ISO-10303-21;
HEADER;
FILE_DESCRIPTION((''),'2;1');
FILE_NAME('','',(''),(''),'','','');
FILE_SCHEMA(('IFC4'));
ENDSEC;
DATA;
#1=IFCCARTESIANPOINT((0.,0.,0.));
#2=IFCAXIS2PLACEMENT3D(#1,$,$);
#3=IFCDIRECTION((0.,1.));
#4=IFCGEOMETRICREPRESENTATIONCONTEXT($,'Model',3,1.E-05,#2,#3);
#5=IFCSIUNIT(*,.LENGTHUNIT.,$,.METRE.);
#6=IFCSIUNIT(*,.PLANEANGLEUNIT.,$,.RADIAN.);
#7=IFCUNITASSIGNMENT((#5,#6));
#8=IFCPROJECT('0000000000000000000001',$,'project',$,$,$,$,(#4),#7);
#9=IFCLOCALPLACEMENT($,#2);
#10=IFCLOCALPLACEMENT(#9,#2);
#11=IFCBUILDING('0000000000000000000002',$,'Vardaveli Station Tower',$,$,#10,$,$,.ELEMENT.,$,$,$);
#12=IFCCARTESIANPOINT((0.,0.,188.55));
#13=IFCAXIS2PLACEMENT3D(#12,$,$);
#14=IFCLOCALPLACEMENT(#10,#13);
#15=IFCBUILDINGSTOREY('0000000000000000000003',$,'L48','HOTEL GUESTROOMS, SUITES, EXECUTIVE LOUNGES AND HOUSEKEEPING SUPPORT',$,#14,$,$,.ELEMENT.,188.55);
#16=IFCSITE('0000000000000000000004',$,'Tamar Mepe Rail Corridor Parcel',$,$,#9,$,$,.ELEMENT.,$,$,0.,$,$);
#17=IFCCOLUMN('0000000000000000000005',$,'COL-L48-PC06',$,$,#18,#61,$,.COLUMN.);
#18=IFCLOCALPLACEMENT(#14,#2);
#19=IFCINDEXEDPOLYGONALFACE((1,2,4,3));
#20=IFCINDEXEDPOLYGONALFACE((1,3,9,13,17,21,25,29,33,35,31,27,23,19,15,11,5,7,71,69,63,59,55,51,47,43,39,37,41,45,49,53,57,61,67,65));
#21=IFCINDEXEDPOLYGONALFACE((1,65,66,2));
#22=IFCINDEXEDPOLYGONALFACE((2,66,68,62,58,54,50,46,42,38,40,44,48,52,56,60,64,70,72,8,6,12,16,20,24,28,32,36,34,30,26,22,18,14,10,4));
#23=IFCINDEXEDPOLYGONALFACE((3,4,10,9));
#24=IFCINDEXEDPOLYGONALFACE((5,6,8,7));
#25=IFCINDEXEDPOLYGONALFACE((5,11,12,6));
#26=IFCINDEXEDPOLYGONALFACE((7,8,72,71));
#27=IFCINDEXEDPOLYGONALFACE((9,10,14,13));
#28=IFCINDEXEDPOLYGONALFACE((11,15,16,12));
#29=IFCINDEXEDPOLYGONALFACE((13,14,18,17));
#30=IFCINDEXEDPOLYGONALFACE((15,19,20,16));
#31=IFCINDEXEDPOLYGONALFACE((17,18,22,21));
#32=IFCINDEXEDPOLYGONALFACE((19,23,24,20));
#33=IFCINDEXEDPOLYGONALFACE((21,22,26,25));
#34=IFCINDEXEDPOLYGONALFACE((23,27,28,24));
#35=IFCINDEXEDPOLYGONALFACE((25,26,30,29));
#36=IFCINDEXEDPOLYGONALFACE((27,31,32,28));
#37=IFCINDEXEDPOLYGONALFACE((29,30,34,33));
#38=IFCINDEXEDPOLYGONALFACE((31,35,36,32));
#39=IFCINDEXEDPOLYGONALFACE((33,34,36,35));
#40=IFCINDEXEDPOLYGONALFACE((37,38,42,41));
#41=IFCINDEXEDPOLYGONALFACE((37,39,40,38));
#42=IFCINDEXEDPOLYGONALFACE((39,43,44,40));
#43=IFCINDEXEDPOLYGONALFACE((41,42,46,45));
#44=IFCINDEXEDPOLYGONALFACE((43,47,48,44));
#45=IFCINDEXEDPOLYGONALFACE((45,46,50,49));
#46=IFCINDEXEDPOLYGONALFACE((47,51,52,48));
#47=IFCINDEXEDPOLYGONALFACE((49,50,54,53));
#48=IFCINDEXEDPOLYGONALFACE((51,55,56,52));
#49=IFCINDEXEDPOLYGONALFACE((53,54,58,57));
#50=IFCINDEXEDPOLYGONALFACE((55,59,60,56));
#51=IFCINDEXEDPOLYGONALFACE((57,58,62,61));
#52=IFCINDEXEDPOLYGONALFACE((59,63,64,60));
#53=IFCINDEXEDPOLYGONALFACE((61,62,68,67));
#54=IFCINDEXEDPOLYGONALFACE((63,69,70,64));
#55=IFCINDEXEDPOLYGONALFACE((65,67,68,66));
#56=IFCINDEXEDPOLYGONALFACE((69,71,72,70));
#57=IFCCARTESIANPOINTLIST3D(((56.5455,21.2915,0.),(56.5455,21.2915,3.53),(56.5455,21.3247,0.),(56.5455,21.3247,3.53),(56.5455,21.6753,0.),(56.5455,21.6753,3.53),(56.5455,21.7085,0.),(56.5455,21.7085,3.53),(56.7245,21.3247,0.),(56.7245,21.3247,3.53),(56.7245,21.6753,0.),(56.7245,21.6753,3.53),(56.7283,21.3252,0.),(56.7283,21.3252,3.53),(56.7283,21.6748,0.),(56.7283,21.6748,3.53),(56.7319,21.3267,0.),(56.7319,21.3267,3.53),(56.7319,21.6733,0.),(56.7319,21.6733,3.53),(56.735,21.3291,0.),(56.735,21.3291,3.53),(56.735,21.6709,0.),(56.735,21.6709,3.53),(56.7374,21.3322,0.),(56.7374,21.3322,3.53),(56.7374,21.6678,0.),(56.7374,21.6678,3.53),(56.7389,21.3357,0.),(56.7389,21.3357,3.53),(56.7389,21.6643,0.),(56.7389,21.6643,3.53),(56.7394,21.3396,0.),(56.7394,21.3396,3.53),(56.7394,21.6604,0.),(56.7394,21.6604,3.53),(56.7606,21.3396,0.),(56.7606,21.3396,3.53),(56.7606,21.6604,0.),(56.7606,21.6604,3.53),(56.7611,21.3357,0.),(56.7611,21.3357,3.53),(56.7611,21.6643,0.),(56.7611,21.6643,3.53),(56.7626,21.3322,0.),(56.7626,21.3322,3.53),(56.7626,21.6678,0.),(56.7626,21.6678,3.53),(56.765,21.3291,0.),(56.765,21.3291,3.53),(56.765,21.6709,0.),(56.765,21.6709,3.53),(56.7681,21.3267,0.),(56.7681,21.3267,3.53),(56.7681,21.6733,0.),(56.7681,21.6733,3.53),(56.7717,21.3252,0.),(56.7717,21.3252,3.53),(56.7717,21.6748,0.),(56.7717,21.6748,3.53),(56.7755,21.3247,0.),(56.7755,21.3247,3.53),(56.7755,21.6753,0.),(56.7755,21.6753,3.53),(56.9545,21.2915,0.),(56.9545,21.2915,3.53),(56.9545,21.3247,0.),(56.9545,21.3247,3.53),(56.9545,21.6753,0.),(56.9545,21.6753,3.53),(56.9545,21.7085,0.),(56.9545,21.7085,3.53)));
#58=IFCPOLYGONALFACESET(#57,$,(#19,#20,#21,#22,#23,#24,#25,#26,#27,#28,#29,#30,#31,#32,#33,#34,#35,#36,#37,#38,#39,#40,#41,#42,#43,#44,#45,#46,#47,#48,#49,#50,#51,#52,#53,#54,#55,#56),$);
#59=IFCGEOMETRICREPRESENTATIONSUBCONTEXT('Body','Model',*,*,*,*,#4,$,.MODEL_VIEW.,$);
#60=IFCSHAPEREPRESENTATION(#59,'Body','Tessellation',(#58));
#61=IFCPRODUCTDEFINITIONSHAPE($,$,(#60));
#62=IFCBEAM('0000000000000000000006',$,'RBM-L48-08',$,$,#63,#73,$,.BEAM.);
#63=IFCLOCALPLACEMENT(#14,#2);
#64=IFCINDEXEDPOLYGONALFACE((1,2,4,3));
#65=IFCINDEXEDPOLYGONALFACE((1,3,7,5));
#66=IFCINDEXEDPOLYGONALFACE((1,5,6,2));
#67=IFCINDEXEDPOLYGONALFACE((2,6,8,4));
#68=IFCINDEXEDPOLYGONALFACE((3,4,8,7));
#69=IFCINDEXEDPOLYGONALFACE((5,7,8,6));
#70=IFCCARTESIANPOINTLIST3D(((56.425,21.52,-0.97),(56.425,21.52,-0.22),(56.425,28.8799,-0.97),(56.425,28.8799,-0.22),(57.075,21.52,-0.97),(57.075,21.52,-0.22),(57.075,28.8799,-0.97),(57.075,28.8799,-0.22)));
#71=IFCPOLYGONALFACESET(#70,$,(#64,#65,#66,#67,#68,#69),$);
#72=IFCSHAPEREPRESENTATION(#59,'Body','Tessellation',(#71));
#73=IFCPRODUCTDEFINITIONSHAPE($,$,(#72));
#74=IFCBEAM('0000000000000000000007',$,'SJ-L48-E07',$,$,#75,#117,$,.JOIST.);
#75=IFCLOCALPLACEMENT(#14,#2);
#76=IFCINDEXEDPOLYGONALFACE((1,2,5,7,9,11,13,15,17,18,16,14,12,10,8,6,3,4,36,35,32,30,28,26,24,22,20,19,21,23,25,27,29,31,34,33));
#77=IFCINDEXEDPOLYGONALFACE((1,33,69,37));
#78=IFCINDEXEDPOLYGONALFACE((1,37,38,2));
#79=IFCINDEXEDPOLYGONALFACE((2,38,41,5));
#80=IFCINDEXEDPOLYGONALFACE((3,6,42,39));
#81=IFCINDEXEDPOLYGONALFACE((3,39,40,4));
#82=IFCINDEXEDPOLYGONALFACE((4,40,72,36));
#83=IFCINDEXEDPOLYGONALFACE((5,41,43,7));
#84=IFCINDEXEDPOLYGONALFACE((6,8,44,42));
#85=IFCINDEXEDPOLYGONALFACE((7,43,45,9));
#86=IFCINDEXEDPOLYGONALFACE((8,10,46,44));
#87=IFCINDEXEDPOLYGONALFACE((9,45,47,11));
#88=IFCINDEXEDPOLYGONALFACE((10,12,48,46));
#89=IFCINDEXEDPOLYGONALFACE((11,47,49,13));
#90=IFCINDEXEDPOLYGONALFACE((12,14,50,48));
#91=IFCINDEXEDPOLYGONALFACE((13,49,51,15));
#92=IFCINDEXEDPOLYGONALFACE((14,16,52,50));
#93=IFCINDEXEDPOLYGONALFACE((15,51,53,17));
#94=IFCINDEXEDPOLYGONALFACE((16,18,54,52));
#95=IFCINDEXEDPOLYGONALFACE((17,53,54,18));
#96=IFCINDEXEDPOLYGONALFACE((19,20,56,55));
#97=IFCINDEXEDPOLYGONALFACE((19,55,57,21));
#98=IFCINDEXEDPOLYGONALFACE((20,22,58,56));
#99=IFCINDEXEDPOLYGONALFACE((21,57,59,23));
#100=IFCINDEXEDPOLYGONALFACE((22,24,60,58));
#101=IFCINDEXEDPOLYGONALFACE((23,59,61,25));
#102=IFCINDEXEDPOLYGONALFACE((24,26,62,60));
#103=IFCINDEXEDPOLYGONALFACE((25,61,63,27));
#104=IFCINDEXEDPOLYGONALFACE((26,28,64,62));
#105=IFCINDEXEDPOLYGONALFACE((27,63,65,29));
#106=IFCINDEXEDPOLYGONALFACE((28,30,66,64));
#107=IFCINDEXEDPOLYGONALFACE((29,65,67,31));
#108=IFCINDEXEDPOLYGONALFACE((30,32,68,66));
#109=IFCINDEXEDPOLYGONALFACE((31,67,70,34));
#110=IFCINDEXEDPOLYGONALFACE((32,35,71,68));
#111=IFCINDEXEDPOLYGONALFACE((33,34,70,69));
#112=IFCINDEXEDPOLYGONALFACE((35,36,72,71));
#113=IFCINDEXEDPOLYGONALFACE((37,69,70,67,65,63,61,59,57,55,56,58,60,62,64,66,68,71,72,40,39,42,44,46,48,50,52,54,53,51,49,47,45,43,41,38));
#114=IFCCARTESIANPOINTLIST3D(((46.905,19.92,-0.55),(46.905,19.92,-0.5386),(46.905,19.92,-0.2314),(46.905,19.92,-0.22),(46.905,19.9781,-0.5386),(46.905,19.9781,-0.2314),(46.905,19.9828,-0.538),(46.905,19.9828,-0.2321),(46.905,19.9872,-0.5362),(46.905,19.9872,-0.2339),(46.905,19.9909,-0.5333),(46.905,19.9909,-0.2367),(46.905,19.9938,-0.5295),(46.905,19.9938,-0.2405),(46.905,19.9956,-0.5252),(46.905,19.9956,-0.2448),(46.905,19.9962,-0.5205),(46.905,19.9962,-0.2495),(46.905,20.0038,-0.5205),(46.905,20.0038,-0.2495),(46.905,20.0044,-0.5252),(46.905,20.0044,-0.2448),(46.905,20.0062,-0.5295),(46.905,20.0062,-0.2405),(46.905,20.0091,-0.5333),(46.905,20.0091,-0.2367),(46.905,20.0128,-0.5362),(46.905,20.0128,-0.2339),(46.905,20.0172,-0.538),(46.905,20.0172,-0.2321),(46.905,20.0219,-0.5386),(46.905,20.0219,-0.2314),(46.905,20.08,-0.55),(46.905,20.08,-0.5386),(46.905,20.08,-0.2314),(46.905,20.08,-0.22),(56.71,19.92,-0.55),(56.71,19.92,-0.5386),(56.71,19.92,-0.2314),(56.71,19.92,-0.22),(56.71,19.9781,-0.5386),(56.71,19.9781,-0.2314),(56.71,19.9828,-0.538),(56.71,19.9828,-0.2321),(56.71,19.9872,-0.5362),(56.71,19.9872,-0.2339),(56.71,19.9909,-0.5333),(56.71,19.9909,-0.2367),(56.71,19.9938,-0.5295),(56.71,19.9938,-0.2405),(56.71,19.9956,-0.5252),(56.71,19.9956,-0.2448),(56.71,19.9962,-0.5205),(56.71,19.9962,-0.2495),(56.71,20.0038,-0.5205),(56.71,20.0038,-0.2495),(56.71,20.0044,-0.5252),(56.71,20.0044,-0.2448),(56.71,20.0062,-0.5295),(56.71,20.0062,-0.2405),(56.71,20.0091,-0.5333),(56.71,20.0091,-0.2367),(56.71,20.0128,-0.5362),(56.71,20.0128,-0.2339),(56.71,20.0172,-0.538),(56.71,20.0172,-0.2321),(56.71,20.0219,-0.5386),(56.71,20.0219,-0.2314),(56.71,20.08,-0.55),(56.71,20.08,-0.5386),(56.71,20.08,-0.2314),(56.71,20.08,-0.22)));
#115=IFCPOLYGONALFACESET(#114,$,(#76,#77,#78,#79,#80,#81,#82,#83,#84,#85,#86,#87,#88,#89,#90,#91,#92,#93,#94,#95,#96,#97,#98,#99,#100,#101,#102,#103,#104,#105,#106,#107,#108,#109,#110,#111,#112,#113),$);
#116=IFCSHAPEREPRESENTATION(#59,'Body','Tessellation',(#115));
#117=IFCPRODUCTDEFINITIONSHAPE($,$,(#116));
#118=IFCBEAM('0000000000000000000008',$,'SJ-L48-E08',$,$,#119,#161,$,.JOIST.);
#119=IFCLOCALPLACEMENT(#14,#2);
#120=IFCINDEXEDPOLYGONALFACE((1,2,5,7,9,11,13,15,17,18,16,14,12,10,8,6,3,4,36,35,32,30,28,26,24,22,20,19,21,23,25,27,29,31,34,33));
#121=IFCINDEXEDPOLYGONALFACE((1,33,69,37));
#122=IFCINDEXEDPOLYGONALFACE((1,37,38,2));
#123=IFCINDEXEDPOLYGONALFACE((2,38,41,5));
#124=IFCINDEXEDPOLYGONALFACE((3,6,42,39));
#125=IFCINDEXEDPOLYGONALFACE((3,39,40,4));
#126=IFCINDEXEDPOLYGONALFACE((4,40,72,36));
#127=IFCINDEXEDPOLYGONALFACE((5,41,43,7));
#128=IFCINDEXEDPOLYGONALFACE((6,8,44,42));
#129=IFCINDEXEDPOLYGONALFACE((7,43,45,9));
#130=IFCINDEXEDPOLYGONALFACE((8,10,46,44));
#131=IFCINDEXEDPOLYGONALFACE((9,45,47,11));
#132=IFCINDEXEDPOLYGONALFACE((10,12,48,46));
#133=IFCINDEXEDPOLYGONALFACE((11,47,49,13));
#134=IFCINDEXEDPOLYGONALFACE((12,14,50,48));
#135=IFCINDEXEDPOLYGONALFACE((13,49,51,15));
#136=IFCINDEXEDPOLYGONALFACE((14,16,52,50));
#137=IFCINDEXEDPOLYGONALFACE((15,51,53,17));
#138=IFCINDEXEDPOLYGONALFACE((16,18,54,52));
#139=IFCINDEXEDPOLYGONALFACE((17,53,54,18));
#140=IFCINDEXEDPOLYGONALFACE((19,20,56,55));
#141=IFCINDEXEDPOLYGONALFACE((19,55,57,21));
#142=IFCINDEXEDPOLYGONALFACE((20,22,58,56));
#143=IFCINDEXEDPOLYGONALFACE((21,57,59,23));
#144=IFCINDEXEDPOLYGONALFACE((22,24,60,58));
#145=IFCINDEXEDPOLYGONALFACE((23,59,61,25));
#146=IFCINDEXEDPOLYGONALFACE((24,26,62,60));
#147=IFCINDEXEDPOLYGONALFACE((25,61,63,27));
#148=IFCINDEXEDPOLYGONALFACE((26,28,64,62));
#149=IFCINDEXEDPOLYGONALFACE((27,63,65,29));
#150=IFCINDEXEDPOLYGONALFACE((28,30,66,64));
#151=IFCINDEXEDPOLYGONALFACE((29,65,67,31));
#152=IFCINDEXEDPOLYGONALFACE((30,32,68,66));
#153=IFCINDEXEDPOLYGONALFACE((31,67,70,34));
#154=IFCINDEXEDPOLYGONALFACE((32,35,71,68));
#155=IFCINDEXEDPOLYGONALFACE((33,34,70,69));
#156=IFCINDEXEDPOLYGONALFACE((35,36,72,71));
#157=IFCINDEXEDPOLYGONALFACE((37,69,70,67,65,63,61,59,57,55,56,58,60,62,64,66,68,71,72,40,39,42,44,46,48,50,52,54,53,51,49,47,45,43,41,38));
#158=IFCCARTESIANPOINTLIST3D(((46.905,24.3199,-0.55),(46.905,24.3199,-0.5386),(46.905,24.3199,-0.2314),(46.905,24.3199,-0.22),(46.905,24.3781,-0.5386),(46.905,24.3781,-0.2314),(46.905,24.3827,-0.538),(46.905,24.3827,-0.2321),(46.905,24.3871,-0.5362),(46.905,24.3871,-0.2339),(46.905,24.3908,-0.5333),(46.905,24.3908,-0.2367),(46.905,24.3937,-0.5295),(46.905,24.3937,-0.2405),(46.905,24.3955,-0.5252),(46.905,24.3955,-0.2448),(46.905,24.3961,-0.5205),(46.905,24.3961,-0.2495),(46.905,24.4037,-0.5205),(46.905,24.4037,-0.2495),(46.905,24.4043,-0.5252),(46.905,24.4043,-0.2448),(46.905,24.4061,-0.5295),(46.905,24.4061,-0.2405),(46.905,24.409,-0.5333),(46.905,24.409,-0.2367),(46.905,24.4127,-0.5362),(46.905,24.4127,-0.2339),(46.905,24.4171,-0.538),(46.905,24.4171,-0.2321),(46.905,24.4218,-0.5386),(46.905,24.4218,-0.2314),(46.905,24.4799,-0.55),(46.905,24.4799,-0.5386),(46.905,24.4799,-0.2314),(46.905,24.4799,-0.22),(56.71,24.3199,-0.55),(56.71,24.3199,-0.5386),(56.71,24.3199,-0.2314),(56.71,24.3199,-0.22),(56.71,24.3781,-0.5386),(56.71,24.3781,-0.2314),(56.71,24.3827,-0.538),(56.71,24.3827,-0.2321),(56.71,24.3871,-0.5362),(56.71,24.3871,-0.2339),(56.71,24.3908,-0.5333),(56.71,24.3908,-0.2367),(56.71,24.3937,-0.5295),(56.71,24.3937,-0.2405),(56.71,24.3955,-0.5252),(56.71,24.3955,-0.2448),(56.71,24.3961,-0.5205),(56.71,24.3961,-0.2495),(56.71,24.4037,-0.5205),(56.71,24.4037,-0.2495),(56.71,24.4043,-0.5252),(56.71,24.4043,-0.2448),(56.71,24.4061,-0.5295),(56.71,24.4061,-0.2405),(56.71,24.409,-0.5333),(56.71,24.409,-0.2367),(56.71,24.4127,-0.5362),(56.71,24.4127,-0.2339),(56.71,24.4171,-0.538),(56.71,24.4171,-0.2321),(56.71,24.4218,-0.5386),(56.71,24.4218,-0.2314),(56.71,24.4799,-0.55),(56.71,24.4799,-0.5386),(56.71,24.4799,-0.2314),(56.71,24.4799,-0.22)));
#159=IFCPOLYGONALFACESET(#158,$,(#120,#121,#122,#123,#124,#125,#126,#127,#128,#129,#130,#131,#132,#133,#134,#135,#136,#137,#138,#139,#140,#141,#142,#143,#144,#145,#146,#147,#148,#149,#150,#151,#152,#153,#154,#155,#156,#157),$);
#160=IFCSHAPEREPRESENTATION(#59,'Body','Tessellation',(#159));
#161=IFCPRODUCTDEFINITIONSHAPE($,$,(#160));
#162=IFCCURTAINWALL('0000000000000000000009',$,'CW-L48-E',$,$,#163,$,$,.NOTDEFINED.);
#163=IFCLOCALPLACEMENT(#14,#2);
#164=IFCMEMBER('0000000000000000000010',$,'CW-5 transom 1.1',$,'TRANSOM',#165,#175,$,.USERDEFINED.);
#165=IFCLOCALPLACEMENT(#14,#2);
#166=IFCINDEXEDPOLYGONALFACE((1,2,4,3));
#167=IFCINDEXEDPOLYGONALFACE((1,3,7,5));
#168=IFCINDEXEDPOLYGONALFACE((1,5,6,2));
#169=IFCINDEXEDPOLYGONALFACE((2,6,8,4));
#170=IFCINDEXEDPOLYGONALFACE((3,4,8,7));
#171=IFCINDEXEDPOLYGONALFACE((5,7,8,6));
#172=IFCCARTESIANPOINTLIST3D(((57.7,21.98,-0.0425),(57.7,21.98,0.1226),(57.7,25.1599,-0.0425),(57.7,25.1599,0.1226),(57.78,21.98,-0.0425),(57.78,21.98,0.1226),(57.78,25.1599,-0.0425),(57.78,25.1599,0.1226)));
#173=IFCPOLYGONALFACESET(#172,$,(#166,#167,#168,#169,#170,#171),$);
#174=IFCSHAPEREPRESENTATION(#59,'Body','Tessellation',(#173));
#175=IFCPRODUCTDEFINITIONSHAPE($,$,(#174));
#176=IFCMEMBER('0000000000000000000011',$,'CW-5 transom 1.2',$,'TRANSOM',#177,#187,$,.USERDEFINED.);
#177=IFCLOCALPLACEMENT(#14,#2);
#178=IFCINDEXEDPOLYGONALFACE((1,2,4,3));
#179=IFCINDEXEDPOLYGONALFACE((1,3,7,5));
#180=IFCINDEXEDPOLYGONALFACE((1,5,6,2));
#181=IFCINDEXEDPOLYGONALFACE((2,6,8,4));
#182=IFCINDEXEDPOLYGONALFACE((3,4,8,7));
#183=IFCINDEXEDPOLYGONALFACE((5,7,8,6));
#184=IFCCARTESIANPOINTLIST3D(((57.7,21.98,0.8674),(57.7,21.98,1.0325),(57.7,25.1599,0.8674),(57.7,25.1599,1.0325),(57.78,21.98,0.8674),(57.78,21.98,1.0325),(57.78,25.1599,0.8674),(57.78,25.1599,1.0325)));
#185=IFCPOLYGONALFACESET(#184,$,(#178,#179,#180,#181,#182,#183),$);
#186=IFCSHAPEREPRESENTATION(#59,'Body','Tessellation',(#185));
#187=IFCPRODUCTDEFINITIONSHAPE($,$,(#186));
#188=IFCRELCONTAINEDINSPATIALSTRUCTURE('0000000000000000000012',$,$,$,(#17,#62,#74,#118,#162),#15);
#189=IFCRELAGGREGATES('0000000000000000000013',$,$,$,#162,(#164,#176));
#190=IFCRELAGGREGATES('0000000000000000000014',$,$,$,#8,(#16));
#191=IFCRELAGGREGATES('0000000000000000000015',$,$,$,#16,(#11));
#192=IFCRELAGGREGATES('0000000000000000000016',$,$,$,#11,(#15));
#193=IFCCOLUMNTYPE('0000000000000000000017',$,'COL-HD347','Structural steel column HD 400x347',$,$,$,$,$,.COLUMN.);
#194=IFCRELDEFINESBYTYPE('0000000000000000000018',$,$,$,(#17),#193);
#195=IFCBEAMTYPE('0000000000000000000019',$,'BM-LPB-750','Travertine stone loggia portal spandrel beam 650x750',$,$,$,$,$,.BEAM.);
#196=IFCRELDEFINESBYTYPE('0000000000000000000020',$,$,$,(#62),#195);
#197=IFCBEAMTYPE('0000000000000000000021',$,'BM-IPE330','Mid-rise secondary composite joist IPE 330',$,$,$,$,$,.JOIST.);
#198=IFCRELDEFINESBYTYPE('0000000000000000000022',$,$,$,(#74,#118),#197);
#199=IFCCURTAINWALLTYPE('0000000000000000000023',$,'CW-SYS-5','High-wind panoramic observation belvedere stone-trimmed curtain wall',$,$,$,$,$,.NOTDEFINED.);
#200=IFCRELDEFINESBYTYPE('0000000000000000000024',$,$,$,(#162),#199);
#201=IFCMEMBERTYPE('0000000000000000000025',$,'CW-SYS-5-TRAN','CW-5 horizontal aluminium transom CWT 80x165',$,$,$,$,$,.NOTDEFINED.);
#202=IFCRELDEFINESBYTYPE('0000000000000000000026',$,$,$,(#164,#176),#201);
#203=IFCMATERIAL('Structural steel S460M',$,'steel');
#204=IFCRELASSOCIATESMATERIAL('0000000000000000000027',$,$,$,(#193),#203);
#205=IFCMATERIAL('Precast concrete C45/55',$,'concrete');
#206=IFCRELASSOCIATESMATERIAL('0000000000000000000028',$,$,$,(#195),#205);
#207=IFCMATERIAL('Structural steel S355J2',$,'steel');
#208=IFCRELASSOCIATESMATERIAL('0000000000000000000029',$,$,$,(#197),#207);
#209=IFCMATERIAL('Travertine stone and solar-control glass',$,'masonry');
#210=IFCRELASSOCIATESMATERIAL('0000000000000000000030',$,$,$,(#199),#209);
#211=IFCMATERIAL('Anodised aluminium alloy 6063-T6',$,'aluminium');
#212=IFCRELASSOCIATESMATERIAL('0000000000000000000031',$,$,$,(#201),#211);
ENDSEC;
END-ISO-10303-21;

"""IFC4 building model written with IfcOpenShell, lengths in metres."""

from ifc_helpers import new_model, si_unit, direction, frame, origin, origin_2d, place, context, subcontext, project, spatial, rectangle, i_section, extrude, source, transform, mapped, material, material_profile, profile_set, type_object, element, aggregate, save


model = new_model("IFC4")

# Units and contexts
model_context = context("Model", 3, precision=1e-05, world=origin(), true_north=direction((0.0, 1.0)))
body_context = subcontext(model_context, "Body", "Model", "MODEL_VIEW")
ifc_project = project(units=[si_unit("LENGTHUNIT", "METRE"), si_unit("PLANEANGLEUNIT", "RADIAN")], contexts=[model_context])

# Site, building, storey
site_placement = place(None, origin())
site = spatial("IfcSite", under=ifc_project, at=site_placement, Name="Tamar Mepe Rail Corridor Parcel", CompositionType="ELEMENT", RefElevation=0.0)
building_placement = place(site_placement, origin())
building = spatial("IfcBuilding", under=site, at=building_placement, Name="Vardaveli Station Tower", CompositionType="ELEMENT")
storey_placement = place(building_placement, frame((0.0, 0.0, 188.55)))
storey = spatial("IfcBuildingStorey", under=building, at=storey_placement, Name="L48", Description="HOTEL GUESTROOMS, SUITES, EXECUTIVE LOUNGES AND HOUSEKEEPING SUPPORT", CompositionType="ELEMENT", Elevation=188.55)

# Column
ifc_material_1 = material(Name="Structural steel S460M", Category="steel")
ifc_material_profile_1 = material_profile(ifc_material_1, i_section(OverallWidth=0.4089, OverallDepth=0.417, WebThickness=0.0212, FlangeThickness=0.0332, FilletRadius=0.0149, at=origin_2d()), Name="HD 400x347")
ifc_profile_set_1 = profile_set([ifc_material_profile_1], Name="Structural steel S460M")
column_type = type_object("IfcColumnType", Name="COL-HD347", Description="Structural steel column HD 400x347", PredefinedType="COLUMN", material=ifc_profile_set_1)
shared_shape_1 = source(origin(), body_context, "Body", "SweptSolid", [
    extrude(i_section(OverallWidth=0.4089, OverallDepth=0.417, WebThickness=0.0212, FlangeThickness=0.0332, FilletRadius=0.0149, at=origin_2d()), origin(), (0.0, 0.0, 1.0), 3.53),
])
column_placement = place(storey_placement, frame((56.75, 21.5, 0.0), z_axis=(0.0, 0.0, 1.0), x_axis=(1.0, 0.0, 0.0)))
element("IfcColumn", 1, at=column_placement, inside=storey, type_object=column_type, Name="COL-L48-PC06", PredefinedType="COLUMN", context=body_context, shape_type="MappedRepresentation", body=[
    mapped(shared_shape_1, transform((0.0, 0.0, 0.0), scale=1.0)),
])

# Beams
ifc_material_2 = material(Name="Precast concrete C45/55", Category="concrete")
ifc_material_profile_2 = material_profile(ifc_material_2, rectangle(XDim=0.6499, YDim=0.75, at=origin_2d()), Name="LPB 650x750")
ifc_profile_set_2 = profile_set([ifc_material_profile_2], Name="Precast concrete C45/55")
beam_type_1 = type_object("IfcBeamType", Name="BM-LPB-750", Description="Travertine stone loggia portal spandrel beam 650x750", PredefinedType="BEAM", material=ifc_profile_set_2)
shared_shape_2 = source(origin(), body_context, "Body", "SweptSolid", [
    extrude(rectangle(XDim=0.6499, YDim=0.75, at=origin_2d()), origin(), (0.0, 0.0, 1.0), 7.3599),
])
beam_placement = place(storey_placement, frame((56.75, 21.52, -0.595), z_axis=(0.0, 1.0, 0.0), x_axis=(-1.0, 0.0, 0.0)))
element("IfcBeam", 2, at=beam_placement, inside=storey, type_object=beam_type_1, Name="RBM-L48-08", PredefinedType="BEAM", context=body_context, shape_type="MappedRepresentation", body=[
    mapped(shared_shape_2, transform((0.0, 0.0, 0.0), scale=1.0)),
])
ifc_material_3 = material(Name="Structural steel S355J2", Category="steel")
ifc_material_profile_3 = material_profile(ifc_material_3, i_section(OverallWidth=0.1599, OverallDepth=0.3301, WebThickness=0.0076, FlangeThickness=0.0115, FilletRadius=0.0181, at=origin_2d()), Name="IPE 330")
ifc_profile_set_3 = profile_set([ifc_material_profile_3], Name="Structural steel S355J2")
beam_type_2 = type_object("IfcBeamType", Name="BM-IPE330", Description="Mid-rise secondary composite joist IPE 330", PredefinedType="JOIST", material=ifc_profile_set_3)
shared_shape_3 = source(origin(), body_context, "Body", "SweptSolid", [
    extrude(i_section(OverallWidth=0.1599, OverallDepth=0.3301, WebThickness=0.0076, FlangeThickness=0.0115, FilletRadius=0.0181, at=origin_2d()), origin(), (0.0, 0.0, 1.0), 9.8049),
])
for number, where, z_axis, x_axis, name in (
    (3, (46.905, 20.0, -0.385), (1.0, 0.0, 0.0), (0.0, 1.0, 0.0), "SJ-L48-E07"),
    (4, (46.905, 24.3999, -0.385), (1.0, 0.0, 0.0), (0.0, 1.0, 0.0), "SJ-L48-E08"),
):
    element("IfcBeam", number, at=place(storey_placement, frame(where, z_axis=z_axis, x_axis=x_axis)), inside=storey, type_object=beam_type_2, Name=name, PredefinedType="JOIST", context=body_context, shape_type="MappedRepresentation", body=[
        mapped(shared_shape_3, transform((0.0, 0.0, 0.0), scale=1.0)),
    ])

# Curtain wall, members
ifc_material_4 = material(Name="Travertine stone and solar-control glass", Category="masonry")
curtain_wall_type = type_object("IfcCurtainWallType", Name="CW-SYS-5", Description="High-wind panoramic observation belvedere stone-trimmed curtain wall", PredefinedType="NOTDEFINED", material=ifc_material_4)
curtain_wall_placement = place(storey_placement, origin())
curtain_wall = element("IfcCurtainWall", 5, at=curtain_wall_placement, inside=storey, type_object=curtain_wall_type, Name="CW-L48-E", PredefinedType="NOTDEFINED")
ifc_material_5 = material(Name="Anodised aluminium alloy 6063-T6", Category="aluminium")
ifc_material_profile_4 = material_profile(ifc_material_5, rectangle(XDim=0.0801, YDim=0.165, at=origin_2d()), Name="CWT 80x165")
ifc_profile_set_4 = profile_set([ifc_material_profile_4], Name="Anodised aluminium alloy 6063-T6")
member_type_1 = type_object("IfcMemberType", Name="CW-SYS-5-TRAN", Description="CW-5 horizontal aluminium transom CWT 80x165", PredefinedType="NOTDEFINED", material=ifc_profile_set_4)
shared_shape_4 = source(origin(), body_context, "Body", "SweptSolid", [
    extrude(rectangle(XDim=0.0801, YDim=0.165, at=origin_2d()), origin(), (0.0, 0.0, 1.0), 3.1799),
])
member_1_placement = place(storey_placement, frame((57.74, 21.98, 0.04), z_axis=(0.0, 1.0, 0.0), x_axis=(-1.0, 0.0, 0.0)))
member_1 = element("IfcMember", 6, at=member_1_placement, type_object=member_type_1, Name="CW-5 transom 1.1", ObjectType="TRANSOM", PredefinedType="USERDEFINED", context=body_context, shape_type="MappedRepresentation", body=[
    mapped(shared_shape_4, transform((0.0, 0.0, 0.0), scale=1.0)),
])
member_2_placement = place(storey_placement, frame((57.74, 21.98, 0.95), z_axis=(0.0, 1.0, 0.0), x_axis=(-1.0, 0.0, 0.0)))
member_2 = element("IfcMember", 7, at=member_2_placement, type_object=member_type_1, Name="CW-5 transom 1.2", ObjectType="TRANSOM", PredefinedType="USERDEFINED", context=body_context, shape_type="MappedRepresentation", body=[
    mapped(shared_shape_4, transform((0.0, 0.0, 0.0), scale=1.0)),
])
aggregate(curtain_wall, [member_1, member_2])

save(model, "model.ifc")
